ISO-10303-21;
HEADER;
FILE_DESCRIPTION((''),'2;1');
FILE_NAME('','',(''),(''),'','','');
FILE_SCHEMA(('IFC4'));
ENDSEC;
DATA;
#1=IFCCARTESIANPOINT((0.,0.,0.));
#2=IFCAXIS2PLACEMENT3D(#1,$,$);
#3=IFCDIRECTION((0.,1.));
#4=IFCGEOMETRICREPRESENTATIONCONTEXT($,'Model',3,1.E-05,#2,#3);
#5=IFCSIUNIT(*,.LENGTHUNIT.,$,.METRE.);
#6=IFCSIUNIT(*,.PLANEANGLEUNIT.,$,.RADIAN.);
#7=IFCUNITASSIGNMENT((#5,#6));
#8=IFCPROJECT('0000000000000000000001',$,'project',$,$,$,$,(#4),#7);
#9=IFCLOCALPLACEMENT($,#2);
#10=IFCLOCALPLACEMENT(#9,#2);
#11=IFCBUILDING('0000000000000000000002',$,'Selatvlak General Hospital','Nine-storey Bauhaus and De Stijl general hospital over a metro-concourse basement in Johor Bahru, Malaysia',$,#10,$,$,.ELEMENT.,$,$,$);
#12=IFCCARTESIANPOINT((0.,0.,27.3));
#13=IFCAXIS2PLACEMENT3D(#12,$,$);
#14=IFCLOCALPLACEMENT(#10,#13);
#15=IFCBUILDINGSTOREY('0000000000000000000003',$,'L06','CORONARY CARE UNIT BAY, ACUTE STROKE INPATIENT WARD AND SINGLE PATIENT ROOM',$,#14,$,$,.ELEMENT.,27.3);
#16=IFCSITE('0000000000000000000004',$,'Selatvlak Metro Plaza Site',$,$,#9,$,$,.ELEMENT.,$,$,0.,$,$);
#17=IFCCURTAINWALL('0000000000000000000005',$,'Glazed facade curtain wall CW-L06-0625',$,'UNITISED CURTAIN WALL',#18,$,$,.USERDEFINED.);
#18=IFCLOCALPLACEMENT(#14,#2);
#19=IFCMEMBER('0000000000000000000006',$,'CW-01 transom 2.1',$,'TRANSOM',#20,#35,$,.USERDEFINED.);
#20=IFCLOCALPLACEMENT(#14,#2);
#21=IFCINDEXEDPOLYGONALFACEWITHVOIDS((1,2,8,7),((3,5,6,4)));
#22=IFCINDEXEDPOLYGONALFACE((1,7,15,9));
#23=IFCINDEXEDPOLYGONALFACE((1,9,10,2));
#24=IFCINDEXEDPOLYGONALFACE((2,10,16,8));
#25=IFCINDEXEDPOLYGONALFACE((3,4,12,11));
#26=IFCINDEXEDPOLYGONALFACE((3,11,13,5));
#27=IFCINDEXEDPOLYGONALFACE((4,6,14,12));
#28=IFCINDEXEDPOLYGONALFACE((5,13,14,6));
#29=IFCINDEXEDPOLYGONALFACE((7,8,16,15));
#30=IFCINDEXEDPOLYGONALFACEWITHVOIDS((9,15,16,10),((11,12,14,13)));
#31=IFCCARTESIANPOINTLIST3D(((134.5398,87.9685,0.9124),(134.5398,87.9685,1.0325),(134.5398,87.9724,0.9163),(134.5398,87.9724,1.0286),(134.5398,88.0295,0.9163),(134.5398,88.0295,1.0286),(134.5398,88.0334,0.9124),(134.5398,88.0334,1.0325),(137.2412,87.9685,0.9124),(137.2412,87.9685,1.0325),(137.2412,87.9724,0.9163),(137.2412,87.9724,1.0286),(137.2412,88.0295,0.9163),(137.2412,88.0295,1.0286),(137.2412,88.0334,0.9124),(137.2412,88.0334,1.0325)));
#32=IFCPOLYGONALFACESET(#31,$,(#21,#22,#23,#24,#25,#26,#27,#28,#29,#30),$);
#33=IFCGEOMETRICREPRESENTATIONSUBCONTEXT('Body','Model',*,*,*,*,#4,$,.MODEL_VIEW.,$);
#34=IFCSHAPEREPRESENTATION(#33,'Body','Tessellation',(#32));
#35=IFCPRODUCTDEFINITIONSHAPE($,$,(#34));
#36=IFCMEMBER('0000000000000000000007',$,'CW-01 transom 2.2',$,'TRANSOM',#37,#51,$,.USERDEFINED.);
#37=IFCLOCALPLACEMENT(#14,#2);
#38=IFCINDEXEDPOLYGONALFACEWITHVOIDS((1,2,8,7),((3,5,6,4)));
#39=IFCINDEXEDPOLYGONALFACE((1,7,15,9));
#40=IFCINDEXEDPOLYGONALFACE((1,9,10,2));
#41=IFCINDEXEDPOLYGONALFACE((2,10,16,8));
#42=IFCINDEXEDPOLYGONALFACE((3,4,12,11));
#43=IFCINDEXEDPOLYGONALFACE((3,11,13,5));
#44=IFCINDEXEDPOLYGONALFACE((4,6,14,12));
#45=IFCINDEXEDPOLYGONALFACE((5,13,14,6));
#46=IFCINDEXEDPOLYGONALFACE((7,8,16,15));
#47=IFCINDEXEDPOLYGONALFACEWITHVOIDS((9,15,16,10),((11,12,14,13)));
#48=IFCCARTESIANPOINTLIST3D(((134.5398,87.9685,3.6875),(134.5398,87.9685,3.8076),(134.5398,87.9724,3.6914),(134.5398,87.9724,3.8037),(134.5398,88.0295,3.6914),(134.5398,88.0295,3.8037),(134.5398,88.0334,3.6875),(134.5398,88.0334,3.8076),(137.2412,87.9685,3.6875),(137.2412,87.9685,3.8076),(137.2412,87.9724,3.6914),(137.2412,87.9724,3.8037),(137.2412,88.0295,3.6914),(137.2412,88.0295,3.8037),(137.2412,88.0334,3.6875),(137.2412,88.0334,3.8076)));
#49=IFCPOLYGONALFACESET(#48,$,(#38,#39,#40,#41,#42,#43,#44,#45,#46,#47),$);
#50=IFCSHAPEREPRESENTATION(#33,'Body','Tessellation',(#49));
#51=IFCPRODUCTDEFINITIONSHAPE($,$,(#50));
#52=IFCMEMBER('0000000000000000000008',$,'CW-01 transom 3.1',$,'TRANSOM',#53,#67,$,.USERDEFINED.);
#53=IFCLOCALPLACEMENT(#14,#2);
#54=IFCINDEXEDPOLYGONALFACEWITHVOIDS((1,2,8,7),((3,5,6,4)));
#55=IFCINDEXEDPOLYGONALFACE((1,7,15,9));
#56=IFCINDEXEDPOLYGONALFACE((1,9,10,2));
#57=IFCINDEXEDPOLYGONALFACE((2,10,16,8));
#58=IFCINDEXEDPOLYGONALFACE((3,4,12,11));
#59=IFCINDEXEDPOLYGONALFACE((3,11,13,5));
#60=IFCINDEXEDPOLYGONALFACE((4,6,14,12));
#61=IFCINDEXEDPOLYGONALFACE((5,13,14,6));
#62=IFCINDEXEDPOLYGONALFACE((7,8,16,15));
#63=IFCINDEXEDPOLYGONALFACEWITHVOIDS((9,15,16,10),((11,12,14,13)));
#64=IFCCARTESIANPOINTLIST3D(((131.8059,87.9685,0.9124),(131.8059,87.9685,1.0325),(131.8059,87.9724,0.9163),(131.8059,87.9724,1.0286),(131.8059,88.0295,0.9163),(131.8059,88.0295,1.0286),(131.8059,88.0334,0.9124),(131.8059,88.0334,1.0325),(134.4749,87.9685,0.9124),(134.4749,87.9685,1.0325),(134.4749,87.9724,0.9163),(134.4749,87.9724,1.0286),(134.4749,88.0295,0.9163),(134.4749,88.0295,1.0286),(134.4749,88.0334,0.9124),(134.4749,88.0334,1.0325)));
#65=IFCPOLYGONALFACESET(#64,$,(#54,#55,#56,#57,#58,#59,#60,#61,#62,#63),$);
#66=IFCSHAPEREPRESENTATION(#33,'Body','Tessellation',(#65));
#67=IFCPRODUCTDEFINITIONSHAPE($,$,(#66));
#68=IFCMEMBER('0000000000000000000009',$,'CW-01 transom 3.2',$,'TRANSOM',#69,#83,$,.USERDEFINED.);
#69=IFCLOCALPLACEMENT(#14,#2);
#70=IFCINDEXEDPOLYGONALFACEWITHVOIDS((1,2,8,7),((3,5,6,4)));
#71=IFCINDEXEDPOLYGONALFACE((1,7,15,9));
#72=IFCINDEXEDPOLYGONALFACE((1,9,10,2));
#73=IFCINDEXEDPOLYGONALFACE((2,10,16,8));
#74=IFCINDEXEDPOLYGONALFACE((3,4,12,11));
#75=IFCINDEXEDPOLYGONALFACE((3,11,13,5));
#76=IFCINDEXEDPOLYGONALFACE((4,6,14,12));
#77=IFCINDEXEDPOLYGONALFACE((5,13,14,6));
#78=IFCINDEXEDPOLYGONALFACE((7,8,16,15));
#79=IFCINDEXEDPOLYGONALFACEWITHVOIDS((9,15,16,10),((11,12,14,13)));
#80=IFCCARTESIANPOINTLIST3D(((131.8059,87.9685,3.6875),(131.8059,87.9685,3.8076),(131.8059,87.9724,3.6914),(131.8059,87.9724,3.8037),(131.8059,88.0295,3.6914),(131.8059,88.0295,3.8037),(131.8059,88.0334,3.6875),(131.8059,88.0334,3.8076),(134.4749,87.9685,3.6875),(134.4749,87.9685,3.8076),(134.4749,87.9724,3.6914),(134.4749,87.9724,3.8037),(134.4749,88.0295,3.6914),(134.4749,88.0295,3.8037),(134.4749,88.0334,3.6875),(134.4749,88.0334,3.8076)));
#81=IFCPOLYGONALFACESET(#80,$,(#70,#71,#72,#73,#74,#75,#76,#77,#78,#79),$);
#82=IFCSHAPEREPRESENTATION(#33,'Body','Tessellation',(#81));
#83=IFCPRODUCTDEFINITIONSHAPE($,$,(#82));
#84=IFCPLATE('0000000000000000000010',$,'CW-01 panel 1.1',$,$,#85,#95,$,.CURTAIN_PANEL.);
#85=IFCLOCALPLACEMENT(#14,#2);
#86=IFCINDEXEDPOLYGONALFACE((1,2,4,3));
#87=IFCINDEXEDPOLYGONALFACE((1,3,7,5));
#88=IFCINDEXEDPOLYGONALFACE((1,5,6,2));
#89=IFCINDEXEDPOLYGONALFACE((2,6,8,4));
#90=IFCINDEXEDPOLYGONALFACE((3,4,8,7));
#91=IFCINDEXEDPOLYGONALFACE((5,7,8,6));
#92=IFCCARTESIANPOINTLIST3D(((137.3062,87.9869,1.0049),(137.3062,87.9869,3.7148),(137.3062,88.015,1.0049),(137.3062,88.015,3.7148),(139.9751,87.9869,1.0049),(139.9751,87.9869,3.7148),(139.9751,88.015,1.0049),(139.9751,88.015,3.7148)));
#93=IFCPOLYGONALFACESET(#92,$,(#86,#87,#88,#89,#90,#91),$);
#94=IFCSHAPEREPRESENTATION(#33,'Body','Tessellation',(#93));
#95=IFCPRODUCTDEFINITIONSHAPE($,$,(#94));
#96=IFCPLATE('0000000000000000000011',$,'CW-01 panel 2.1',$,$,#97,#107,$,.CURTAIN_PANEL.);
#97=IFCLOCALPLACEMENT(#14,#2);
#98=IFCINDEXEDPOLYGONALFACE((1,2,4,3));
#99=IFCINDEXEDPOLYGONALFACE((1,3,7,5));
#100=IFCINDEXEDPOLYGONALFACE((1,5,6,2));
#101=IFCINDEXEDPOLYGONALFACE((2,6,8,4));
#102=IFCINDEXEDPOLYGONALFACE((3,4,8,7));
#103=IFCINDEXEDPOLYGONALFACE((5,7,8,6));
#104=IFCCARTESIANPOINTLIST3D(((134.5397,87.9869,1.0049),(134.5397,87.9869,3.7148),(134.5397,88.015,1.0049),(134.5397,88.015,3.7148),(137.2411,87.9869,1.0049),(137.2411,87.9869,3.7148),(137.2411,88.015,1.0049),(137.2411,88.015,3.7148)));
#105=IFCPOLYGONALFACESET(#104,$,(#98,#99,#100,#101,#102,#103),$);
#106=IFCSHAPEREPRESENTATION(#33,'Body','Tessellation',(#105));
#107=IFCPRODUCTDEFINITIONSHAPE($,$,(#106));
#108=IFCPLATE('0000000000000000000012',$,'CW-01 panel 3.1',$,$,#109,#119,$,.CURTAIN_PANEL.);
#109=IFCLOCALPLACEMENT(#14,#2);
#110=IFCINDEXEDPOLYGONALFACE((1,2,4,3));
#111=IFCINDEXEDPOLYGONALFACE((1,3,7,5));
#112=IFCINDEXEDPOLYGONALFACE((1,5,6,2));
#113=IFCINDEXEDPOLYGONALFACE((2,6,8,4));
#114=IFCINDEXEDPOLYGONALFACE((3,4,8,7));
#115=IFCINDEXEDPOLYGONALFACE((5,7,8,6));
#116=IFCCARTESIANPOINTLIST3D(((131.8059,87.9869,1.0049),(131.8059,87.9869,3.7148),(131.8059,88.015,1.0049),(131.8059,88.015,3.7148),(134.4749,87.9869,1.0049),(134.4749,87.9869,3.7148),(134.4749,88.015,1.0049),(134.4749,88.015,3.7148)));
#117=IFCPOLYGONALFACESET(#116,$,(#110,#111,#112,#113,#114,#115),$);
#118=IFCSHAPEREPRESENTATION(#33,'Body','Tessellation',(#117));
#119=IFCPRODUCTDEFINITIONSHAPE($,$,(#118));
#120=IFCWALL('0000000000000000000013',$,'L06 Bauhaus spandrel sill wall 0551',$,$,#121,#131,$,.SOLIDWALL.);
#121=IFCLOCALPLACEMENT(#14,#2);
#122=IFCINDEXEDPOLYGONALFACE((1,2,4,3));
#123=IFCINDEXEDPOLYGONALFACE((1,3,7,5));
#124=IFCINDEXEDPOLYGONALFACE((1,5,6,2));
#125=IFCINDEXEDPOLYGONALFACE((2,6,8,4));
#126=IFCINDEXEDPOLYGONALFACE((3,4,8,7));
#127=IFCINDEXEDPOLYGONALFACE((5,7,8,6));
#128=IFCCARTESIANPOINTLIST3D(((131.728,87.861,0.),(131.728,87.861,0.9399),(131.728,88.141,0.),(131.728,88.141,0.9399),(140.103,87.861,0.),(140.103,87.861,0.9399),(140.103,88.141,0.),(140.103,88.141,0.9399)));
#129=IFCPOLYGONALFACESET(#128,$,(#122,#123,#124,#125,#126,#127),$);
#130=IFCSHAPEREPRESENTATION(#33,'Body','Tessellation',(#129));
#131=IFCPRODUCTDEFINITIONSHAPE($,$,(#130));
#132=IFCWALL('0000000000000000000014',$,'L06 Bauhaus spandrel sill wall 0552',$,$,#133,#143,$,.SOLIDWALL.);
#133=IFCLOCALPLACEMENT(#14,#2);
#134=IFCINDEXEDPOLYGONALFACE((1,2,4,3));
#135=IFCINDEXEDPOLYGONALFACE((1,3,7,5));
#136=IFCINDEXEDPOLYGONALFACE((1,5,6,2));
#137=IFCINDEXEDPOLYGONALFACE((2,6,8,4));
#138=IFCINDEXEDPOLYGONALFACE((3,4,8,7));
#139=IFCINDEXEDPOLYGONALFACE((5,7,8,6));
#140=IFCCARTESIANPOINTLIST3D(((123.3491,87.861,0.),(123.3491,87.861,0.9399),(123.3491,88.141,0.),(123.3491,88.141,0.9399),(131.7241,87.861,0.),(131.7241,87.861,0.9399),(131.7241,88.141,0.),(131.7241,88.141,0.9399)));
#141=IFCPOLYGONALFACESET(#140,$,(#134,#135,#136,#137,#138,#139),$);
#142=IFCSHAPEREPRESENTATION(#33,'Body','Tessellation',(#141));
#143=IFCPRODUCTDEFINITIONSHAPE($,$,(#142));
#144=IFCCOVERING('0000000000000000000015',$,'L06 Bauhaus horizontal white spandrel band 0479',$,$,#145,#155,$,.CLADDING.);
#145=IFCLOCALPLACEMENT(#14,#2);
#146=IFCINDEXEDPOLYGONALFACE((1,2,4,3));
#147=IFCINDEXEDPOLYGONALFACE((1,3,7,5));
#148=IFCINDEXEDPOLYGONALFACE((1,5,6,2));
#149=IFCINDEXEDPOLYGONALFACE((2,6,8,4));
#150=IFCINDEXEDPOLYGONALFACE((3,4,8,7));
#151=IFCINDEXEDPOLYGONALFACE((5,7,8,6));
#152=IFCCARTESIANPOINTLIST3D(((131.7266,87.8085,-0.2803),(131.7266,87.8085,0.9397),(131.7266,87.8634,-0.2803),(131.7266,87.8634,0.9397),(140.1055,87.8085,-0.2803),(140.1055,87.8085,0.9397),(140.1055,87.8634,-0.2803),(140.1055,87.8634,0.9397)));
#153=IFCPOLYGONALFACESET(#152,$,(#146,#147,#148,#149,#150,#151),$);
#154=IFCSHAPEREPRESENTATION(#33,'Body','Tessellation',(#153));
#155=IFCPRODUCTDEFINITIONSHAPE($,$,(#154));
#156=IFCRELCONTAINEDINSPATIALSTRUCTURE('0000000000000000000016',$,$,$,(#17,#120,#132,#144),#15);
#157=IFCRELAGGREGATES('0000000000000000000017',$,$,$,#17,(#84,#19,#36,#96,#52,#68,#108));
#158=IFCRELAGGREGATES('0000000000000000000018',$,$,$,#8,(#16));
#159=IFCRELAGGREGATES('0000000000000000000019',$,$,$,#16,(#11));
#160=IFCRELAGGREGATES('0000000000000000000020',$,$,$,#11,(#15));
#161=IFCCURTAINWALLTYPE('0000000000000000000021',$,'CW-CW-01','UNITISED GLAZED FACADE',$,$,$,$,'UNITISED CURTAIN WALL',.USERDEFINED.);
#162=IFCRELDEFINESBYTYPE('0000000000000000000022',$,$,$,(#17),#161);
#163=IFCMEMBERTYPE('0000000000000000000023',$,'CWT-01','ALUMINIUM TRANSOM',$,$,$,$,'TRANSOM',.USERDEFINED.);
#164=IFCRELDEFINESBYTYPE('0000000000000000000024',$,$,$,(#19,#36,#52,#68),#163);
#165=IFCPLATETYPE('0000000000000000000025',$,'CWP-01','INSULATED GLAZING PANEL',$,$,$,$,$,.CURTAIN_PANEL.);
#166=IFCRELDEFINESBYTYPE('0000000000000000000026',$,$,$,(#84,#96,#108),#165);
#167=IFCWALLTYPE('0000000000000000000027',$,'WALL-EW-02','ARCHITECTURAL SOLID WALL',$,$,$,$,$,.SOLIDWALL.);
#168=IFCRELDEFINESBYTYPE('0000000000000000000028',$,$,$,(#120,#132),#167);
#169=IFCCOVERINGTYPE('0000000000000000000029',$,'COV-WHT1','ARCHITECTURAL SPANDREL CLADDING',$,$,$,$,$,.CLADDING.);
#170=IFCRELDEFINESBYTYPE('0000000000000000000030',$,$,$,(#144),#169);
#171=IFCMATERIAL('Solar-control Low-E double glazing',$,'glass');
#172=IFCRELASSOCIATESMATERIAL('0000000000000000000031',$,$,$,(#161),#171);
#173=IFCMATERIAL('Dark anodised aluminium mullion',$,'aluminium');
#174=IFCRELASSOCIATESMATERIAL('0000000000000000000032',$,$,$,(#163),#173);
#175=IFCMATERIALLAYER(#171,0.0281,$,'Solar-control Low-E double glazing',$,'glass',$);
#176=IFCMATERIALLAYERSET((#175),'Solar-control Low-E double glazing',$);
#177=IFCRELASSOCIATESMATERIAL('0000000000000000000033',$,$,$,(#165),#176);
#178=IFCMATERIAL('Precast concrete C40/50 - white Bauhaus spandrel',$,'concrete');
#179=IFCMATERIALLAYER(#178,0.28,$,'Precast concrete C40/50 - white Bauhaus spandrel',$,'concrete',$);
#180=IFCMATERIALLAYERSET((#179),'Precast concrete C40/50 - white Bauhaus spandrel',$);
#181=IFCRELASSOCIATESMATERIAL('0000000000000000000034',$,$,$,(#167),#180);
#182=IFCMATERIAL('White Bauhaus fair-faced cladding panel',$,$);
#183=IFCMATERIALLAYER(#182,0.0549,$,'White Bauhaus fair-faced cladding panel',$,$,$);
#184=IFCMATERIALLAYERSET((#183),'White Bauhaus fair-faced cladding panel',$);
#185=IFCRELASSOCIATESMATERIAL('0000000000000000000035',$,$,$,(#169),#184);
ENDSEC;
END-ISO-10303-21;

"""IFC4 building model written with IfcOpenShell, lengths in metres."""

from ifc_helpers import new_model, si_unit, direction, frame, frame_2d, origin, origin_2d, place, context, subcontext, project, spatial, rectangle, hollow_rectangle, extrude, material, layer, layer_set, material_profile, profile_set, type_object, element, aggregate, save


model = new_model("IFC4")

# Units and contexts
model_context = context("Model", 3, precision=1e-05, world=origin(), true_north=direction((0.0, 1.0)))
body_context = subcontext(model_context, "Body", "Model", "MODEL_VIEW")
ifc_project = project(units=[si_unit("LENGTHUNIT", "METRE"), si_unit("PLANEANGLEUNIT", "RADIAN")], contexts=[model_context])

# Site, building, storey
site_placement = place(None, origin())
site = spatial("IfcSite", under=ifc_project, at=site_placement, Name="Selatvlak Metro Plaza Site", CompositionType="ELEMENT", RefElevation=0.0)
building_placement = place(site_placement, origin())
building = spatial("IfcBuilding", under=site, at=building_placement, Name="Selatvlak General Hospital", Description="Nine-storey Bauhaus and De Stijl general hospital over a metro-concourse basement in Johor Bahru, Malaysia", CompositionType="ELEMENT")
storey_placement = place(building_placement, frame((0.0, 0.0, 27.3)))
storey = spatial("IfcBuildingStorey", under=building, at=storey_placement, Name="L06", Description="CORONARY CARE UNIT BAY, ACUTE STROKE INPATIENT WARD AND SINGLE PATIENT ROOM", CompositionType="ELEMENT", Elevation=27.3)

# Shared definitions
ifc_material_1 = material(Name="Solar-control Low-E double glazing", Category="glass")
ifc_material_2 = material(Name="Dark anodised aluminium mullion", Category="aluminium")

# Curtain wall, members, plates
curtain_wall_type_1 = type_object("IfcCurtainWallType", Name="CW-CW-01", Description="UNITISED GLAZED FACADE", ElementType="UNITISED CURTAIN WALL", PredefinedType="USERDEFINED", material=ifc_material_1)
curtain_wall_1_placement = place(storey_placement, origin())
curtain_wall_1 = element("IfcCurtainWall", 1, at=curtain_wall_1_placement, inside=storey, type_object=curtain_wall_type_1, Name="Glazed facade curtain wall CW-L06-0625", ObjectType="UNITISED CURTAIN WALL", PredefinedType="USERDEFINED")
ifc_material_profile_1 = material_profile(ifc_material_2, hollow_rectangle(XDim=0.0649, YDim=0.1201, WallThickness=0.0039, at=origin_2d()), Name="AL-TRN 65x120x4")
ifc_profile_set_1 = profile_set([ifc_material_profile_1], Name="Dark anodised aluminium mullion")
member_type_1 = type_object("IfcMemberType", Name="CWT-01", Description="ALUMINIUM TRANSOM", ElementType="TRANSOM", PredefinedType="USERDEFINED", material=ifc_profile_set_1)
member_1_placement = place(storey_placement, frame((137.2412, 88.001, 0.9724), z_axis=(-1.0, 0.0, 0.0), x_axis=(0.0, -1.0, 0.0)))
member_1 = element("IfcMember", 2, at=member_1_placement, type_object=member_type_1, Name="CW-01 transom 2.1", ObjectType="TRANSOM", PredefinedType="USERDEFINED", context=body_context, shape_type="SweptSolid", body=[
    extrude(hollow_rectangle(XDim=0.0649, YDim=0.1201, WallThickness=0.0039, at=origin_2d()), origin(), (0.0, 0.0, 1.0), 2.7014),
])
member_2_placement = place(storey_placement, frame((137.2412, 88.001, 3.7476), z_axis=(-1.0, 0.0, 0.0), x_axis=(0.0, -1.0, 0.0)))
member_2 = element("IfcMember", 3, at=member_2_placement, type_object=member_type_1, Name="CW-01 transom 2.2", ObjectType="TRANSOM", PredefinedType="USERDEFINED", context=body_context, shape_type="SweptSolid", body=[
    extrude(hollow_rectangle(XDim=0.0649, YDim=0.1201, WallThickness=0.0039, at=origin_2d()), origin(), (0.0, 0.0, 1.0), 2.7014),
])
member_3_placement = place(storey_placement, frame((134.4749, 88.001, 0.9724), z_axis=(-1.0, 0.0, 0.0), x_axis=(0.0, -1.0, 0.0)))
member_3 = element("IfcMember", 4, at=member_3_placement, type_object=member_type_1, Name="CW-01 transom 3.1", ObjectType="TRANSOM", PredefinedType="USERDEFINED", context=body_context, shape_type="SweptSolid", body=[
    extrude(hollow_rectangle(XDim=0.0649, YDim=0.1201, WallThickness=0.0039, at=origin_2d()), origin(), (0.0, 0.0, 1.0), 2.6689),
])
member_4_placement = place(storey_placement, frame((134.4749, 88.001, 3.7476), z_axis=(-1.0, 0.0, 0.0), x_axis=(0.0, -1.0, 0.0)))
member_4 = element("IfcMember", 5, at=member_4_placement, type_object=member_type_1, Name="CW-01 transom 3.2", ObjectType="TRANSOM", PredefinedType="USERDEFINED", context=body_context, shape_type="SweptSolid", body=[
    extrude(hollow_rectangle(XDim=0.0649, YDim=0.1201, WallThickness=0.0039, at=origin_2d()), origin(), (0.0, 0.0, 1.0), 2.6689),
])
ifc_layer_1 = layer(ifc_material_1, 0.0281, Name="Solar-control Low-E double glazing", Category="glass")
ifc_layer_set_1 = layer_set([ifc_layer_1], Name="Solar-control Low-E double glazing")
plate_type = type_object("IfcPlateType", Name="CWP-01", Description="INSULATED GLAZING PANEL", PredefinedType="CURTAIN_PANEL", material=ifc_layer_set_1)
plate_1_placement = place(storey_placement, frame((138.6406, 88.001, 1.0049), z_axis=(0.0, 0.0, 1.0), x_axis=(-1.0, 0.0, 0.0)))
plate_1 = element("IfcPlate", 6, at=plate_1_placement, type_object=plate_type, Name="CW-01 panel 1.1", PredefinedType="CURTAIN_PANEL", context=body_context, shape_type="SweptSolid", body=[
    extrude(rectangle(XDim=2.6689, YDim=0.0281, at=origin_2d()), origin(), (0.0, 0.0, 1.0), 2.71),
])
plate_2_placement = place(storey_placement, frame((135.8904, 88.001, 1.0049), z_axis=(0.0, 0.0, 1.0), x_axis=(-1.0, 0.0, 0.0)))
plate_2 = element("IfcPlate", 7, at=plate_2_placement, type_object=plate_type, Name="CW-01 panel 2.1", PredefinedType="CURTAIN_PANEL", context=body_context, shape_type="SweptSolid", body=[
    extrude(rectangle(XDim=2.7014, YDim=0.0281, at=origin_2d()), origin(), (0.0, 0.0, 1.0), 2.71),
])
plate_3_placement = place(storey_placement, frame((133.1404, 88.001, 1.0049), z_axis=(0.0, 0.0, 1.0), x_axis=(-1.0, 0.0, 0.0)))
plate_3 = element("IfcPlate", 8, at=plate_3_placement, type_object=plate_type, Name="CW-01 panel 3.1", PredefinedType="CURTAIN_PANEL", context=body_context, shape_type="SweptSolid", body=[
    extrude(rectangle(XDim=2.6689, YDim=0.0281, at=origin_2d()), origin(), (0.0, 0.0, 1.0), 2.71),
])
aggregate(curtain_wall_1, [plate_1, member_1, member_2, plate_2, member_3, member_4, plate_3])

# Walls
ifc_material_3 = material(Name="Precast concrete C40/50 - white Bauhaus spandrel", Category="concrete")
ifc_layer_2 = layer(ifc_material_3, 0.28, Name="Precast concrete C40/50 - white Bauhaus spandrel", Category="concrete")
ifc_layer_set_2 = layer_set([ifc_layer_2], Name="Precast concrete C40/50 - white Bauhaus spandrel")
wall_type = type_object("IfcWallType", Name="WALL-EW-02", Description="ARCHITECTURAL SOLID WALL", PredefinedType="SOLIDWALL", material=ifc_layer_set_2)
for number, where, z_axis, x_axis, name in (
    (9, (140.103, 88.001, 0.0), (0.0, 0.0, 1.0), (-1.0, 0.0, 0.0), "L06 Bauhaus spandrel sill wall 0551"),
    (10, (131.7241, 88.001, 0.0), (0.0, 0.0, 1.0), (-1.0, 0.0, 0.0), "L06 Bauhaus spandrel sill wall 0552"),
):
    element("IfcWall", number, at=place(storey_placement, frame(where, z_axis=z_axis, x_axis=x_axis)), inside=storey, type_object=wall_type, Name=name, PredefinedType="SOLIDWALL", context=body_context, shape_type="SweptSolid", body=[
        extrude(rectangle(XDim=8.375, YDim=0.28, at=frame_2d((4.1875, 0.0))), origin(), (0.0, 0.0, 1.0), 0.9399),
    ])

# Covering
ifc_material_4 = material(Name="White Bauhaus fair-faced cladding panel")
ifc_layer_3 = layer(ifc_material_4, 0.0549, Name="White Bauhaus fair-faced cladding panel")
ifc_layer_set_3 = layer_set([ifc_layer_3], Name="White Bauhaus fair-faced cladding panel")
covering_type = type_object("IfcCoveringType", Name="COV-WHT1", Description="ARCHITECTURAL SPANDREL CLADDING", PredefinedType="CLADDING", material=ifc_layer_set_3)
covering_placement = place(storey_placement, frame((135.916, 87.8359, -0.2803), z_axis=(0.0, 0.0, 1.0), x_axis=(-1.0, 0.0, 0.0)))
element("IfcCovering", 11, at=covering_placement, inside=storey, type_object=covering_type, Name="L06 Bauhaus horizontal white spandrel band 0479", PredefinedType="CLADDING", context=body_context, shape_type="SweptSolid", body=[
    extrude(rectangle(XDim=8.3789, YDim=0.0549, at=origin_2d()), origin(), (0.0, 0.0, 1.0), 1.22),
])

save(model, "model.ifc")
